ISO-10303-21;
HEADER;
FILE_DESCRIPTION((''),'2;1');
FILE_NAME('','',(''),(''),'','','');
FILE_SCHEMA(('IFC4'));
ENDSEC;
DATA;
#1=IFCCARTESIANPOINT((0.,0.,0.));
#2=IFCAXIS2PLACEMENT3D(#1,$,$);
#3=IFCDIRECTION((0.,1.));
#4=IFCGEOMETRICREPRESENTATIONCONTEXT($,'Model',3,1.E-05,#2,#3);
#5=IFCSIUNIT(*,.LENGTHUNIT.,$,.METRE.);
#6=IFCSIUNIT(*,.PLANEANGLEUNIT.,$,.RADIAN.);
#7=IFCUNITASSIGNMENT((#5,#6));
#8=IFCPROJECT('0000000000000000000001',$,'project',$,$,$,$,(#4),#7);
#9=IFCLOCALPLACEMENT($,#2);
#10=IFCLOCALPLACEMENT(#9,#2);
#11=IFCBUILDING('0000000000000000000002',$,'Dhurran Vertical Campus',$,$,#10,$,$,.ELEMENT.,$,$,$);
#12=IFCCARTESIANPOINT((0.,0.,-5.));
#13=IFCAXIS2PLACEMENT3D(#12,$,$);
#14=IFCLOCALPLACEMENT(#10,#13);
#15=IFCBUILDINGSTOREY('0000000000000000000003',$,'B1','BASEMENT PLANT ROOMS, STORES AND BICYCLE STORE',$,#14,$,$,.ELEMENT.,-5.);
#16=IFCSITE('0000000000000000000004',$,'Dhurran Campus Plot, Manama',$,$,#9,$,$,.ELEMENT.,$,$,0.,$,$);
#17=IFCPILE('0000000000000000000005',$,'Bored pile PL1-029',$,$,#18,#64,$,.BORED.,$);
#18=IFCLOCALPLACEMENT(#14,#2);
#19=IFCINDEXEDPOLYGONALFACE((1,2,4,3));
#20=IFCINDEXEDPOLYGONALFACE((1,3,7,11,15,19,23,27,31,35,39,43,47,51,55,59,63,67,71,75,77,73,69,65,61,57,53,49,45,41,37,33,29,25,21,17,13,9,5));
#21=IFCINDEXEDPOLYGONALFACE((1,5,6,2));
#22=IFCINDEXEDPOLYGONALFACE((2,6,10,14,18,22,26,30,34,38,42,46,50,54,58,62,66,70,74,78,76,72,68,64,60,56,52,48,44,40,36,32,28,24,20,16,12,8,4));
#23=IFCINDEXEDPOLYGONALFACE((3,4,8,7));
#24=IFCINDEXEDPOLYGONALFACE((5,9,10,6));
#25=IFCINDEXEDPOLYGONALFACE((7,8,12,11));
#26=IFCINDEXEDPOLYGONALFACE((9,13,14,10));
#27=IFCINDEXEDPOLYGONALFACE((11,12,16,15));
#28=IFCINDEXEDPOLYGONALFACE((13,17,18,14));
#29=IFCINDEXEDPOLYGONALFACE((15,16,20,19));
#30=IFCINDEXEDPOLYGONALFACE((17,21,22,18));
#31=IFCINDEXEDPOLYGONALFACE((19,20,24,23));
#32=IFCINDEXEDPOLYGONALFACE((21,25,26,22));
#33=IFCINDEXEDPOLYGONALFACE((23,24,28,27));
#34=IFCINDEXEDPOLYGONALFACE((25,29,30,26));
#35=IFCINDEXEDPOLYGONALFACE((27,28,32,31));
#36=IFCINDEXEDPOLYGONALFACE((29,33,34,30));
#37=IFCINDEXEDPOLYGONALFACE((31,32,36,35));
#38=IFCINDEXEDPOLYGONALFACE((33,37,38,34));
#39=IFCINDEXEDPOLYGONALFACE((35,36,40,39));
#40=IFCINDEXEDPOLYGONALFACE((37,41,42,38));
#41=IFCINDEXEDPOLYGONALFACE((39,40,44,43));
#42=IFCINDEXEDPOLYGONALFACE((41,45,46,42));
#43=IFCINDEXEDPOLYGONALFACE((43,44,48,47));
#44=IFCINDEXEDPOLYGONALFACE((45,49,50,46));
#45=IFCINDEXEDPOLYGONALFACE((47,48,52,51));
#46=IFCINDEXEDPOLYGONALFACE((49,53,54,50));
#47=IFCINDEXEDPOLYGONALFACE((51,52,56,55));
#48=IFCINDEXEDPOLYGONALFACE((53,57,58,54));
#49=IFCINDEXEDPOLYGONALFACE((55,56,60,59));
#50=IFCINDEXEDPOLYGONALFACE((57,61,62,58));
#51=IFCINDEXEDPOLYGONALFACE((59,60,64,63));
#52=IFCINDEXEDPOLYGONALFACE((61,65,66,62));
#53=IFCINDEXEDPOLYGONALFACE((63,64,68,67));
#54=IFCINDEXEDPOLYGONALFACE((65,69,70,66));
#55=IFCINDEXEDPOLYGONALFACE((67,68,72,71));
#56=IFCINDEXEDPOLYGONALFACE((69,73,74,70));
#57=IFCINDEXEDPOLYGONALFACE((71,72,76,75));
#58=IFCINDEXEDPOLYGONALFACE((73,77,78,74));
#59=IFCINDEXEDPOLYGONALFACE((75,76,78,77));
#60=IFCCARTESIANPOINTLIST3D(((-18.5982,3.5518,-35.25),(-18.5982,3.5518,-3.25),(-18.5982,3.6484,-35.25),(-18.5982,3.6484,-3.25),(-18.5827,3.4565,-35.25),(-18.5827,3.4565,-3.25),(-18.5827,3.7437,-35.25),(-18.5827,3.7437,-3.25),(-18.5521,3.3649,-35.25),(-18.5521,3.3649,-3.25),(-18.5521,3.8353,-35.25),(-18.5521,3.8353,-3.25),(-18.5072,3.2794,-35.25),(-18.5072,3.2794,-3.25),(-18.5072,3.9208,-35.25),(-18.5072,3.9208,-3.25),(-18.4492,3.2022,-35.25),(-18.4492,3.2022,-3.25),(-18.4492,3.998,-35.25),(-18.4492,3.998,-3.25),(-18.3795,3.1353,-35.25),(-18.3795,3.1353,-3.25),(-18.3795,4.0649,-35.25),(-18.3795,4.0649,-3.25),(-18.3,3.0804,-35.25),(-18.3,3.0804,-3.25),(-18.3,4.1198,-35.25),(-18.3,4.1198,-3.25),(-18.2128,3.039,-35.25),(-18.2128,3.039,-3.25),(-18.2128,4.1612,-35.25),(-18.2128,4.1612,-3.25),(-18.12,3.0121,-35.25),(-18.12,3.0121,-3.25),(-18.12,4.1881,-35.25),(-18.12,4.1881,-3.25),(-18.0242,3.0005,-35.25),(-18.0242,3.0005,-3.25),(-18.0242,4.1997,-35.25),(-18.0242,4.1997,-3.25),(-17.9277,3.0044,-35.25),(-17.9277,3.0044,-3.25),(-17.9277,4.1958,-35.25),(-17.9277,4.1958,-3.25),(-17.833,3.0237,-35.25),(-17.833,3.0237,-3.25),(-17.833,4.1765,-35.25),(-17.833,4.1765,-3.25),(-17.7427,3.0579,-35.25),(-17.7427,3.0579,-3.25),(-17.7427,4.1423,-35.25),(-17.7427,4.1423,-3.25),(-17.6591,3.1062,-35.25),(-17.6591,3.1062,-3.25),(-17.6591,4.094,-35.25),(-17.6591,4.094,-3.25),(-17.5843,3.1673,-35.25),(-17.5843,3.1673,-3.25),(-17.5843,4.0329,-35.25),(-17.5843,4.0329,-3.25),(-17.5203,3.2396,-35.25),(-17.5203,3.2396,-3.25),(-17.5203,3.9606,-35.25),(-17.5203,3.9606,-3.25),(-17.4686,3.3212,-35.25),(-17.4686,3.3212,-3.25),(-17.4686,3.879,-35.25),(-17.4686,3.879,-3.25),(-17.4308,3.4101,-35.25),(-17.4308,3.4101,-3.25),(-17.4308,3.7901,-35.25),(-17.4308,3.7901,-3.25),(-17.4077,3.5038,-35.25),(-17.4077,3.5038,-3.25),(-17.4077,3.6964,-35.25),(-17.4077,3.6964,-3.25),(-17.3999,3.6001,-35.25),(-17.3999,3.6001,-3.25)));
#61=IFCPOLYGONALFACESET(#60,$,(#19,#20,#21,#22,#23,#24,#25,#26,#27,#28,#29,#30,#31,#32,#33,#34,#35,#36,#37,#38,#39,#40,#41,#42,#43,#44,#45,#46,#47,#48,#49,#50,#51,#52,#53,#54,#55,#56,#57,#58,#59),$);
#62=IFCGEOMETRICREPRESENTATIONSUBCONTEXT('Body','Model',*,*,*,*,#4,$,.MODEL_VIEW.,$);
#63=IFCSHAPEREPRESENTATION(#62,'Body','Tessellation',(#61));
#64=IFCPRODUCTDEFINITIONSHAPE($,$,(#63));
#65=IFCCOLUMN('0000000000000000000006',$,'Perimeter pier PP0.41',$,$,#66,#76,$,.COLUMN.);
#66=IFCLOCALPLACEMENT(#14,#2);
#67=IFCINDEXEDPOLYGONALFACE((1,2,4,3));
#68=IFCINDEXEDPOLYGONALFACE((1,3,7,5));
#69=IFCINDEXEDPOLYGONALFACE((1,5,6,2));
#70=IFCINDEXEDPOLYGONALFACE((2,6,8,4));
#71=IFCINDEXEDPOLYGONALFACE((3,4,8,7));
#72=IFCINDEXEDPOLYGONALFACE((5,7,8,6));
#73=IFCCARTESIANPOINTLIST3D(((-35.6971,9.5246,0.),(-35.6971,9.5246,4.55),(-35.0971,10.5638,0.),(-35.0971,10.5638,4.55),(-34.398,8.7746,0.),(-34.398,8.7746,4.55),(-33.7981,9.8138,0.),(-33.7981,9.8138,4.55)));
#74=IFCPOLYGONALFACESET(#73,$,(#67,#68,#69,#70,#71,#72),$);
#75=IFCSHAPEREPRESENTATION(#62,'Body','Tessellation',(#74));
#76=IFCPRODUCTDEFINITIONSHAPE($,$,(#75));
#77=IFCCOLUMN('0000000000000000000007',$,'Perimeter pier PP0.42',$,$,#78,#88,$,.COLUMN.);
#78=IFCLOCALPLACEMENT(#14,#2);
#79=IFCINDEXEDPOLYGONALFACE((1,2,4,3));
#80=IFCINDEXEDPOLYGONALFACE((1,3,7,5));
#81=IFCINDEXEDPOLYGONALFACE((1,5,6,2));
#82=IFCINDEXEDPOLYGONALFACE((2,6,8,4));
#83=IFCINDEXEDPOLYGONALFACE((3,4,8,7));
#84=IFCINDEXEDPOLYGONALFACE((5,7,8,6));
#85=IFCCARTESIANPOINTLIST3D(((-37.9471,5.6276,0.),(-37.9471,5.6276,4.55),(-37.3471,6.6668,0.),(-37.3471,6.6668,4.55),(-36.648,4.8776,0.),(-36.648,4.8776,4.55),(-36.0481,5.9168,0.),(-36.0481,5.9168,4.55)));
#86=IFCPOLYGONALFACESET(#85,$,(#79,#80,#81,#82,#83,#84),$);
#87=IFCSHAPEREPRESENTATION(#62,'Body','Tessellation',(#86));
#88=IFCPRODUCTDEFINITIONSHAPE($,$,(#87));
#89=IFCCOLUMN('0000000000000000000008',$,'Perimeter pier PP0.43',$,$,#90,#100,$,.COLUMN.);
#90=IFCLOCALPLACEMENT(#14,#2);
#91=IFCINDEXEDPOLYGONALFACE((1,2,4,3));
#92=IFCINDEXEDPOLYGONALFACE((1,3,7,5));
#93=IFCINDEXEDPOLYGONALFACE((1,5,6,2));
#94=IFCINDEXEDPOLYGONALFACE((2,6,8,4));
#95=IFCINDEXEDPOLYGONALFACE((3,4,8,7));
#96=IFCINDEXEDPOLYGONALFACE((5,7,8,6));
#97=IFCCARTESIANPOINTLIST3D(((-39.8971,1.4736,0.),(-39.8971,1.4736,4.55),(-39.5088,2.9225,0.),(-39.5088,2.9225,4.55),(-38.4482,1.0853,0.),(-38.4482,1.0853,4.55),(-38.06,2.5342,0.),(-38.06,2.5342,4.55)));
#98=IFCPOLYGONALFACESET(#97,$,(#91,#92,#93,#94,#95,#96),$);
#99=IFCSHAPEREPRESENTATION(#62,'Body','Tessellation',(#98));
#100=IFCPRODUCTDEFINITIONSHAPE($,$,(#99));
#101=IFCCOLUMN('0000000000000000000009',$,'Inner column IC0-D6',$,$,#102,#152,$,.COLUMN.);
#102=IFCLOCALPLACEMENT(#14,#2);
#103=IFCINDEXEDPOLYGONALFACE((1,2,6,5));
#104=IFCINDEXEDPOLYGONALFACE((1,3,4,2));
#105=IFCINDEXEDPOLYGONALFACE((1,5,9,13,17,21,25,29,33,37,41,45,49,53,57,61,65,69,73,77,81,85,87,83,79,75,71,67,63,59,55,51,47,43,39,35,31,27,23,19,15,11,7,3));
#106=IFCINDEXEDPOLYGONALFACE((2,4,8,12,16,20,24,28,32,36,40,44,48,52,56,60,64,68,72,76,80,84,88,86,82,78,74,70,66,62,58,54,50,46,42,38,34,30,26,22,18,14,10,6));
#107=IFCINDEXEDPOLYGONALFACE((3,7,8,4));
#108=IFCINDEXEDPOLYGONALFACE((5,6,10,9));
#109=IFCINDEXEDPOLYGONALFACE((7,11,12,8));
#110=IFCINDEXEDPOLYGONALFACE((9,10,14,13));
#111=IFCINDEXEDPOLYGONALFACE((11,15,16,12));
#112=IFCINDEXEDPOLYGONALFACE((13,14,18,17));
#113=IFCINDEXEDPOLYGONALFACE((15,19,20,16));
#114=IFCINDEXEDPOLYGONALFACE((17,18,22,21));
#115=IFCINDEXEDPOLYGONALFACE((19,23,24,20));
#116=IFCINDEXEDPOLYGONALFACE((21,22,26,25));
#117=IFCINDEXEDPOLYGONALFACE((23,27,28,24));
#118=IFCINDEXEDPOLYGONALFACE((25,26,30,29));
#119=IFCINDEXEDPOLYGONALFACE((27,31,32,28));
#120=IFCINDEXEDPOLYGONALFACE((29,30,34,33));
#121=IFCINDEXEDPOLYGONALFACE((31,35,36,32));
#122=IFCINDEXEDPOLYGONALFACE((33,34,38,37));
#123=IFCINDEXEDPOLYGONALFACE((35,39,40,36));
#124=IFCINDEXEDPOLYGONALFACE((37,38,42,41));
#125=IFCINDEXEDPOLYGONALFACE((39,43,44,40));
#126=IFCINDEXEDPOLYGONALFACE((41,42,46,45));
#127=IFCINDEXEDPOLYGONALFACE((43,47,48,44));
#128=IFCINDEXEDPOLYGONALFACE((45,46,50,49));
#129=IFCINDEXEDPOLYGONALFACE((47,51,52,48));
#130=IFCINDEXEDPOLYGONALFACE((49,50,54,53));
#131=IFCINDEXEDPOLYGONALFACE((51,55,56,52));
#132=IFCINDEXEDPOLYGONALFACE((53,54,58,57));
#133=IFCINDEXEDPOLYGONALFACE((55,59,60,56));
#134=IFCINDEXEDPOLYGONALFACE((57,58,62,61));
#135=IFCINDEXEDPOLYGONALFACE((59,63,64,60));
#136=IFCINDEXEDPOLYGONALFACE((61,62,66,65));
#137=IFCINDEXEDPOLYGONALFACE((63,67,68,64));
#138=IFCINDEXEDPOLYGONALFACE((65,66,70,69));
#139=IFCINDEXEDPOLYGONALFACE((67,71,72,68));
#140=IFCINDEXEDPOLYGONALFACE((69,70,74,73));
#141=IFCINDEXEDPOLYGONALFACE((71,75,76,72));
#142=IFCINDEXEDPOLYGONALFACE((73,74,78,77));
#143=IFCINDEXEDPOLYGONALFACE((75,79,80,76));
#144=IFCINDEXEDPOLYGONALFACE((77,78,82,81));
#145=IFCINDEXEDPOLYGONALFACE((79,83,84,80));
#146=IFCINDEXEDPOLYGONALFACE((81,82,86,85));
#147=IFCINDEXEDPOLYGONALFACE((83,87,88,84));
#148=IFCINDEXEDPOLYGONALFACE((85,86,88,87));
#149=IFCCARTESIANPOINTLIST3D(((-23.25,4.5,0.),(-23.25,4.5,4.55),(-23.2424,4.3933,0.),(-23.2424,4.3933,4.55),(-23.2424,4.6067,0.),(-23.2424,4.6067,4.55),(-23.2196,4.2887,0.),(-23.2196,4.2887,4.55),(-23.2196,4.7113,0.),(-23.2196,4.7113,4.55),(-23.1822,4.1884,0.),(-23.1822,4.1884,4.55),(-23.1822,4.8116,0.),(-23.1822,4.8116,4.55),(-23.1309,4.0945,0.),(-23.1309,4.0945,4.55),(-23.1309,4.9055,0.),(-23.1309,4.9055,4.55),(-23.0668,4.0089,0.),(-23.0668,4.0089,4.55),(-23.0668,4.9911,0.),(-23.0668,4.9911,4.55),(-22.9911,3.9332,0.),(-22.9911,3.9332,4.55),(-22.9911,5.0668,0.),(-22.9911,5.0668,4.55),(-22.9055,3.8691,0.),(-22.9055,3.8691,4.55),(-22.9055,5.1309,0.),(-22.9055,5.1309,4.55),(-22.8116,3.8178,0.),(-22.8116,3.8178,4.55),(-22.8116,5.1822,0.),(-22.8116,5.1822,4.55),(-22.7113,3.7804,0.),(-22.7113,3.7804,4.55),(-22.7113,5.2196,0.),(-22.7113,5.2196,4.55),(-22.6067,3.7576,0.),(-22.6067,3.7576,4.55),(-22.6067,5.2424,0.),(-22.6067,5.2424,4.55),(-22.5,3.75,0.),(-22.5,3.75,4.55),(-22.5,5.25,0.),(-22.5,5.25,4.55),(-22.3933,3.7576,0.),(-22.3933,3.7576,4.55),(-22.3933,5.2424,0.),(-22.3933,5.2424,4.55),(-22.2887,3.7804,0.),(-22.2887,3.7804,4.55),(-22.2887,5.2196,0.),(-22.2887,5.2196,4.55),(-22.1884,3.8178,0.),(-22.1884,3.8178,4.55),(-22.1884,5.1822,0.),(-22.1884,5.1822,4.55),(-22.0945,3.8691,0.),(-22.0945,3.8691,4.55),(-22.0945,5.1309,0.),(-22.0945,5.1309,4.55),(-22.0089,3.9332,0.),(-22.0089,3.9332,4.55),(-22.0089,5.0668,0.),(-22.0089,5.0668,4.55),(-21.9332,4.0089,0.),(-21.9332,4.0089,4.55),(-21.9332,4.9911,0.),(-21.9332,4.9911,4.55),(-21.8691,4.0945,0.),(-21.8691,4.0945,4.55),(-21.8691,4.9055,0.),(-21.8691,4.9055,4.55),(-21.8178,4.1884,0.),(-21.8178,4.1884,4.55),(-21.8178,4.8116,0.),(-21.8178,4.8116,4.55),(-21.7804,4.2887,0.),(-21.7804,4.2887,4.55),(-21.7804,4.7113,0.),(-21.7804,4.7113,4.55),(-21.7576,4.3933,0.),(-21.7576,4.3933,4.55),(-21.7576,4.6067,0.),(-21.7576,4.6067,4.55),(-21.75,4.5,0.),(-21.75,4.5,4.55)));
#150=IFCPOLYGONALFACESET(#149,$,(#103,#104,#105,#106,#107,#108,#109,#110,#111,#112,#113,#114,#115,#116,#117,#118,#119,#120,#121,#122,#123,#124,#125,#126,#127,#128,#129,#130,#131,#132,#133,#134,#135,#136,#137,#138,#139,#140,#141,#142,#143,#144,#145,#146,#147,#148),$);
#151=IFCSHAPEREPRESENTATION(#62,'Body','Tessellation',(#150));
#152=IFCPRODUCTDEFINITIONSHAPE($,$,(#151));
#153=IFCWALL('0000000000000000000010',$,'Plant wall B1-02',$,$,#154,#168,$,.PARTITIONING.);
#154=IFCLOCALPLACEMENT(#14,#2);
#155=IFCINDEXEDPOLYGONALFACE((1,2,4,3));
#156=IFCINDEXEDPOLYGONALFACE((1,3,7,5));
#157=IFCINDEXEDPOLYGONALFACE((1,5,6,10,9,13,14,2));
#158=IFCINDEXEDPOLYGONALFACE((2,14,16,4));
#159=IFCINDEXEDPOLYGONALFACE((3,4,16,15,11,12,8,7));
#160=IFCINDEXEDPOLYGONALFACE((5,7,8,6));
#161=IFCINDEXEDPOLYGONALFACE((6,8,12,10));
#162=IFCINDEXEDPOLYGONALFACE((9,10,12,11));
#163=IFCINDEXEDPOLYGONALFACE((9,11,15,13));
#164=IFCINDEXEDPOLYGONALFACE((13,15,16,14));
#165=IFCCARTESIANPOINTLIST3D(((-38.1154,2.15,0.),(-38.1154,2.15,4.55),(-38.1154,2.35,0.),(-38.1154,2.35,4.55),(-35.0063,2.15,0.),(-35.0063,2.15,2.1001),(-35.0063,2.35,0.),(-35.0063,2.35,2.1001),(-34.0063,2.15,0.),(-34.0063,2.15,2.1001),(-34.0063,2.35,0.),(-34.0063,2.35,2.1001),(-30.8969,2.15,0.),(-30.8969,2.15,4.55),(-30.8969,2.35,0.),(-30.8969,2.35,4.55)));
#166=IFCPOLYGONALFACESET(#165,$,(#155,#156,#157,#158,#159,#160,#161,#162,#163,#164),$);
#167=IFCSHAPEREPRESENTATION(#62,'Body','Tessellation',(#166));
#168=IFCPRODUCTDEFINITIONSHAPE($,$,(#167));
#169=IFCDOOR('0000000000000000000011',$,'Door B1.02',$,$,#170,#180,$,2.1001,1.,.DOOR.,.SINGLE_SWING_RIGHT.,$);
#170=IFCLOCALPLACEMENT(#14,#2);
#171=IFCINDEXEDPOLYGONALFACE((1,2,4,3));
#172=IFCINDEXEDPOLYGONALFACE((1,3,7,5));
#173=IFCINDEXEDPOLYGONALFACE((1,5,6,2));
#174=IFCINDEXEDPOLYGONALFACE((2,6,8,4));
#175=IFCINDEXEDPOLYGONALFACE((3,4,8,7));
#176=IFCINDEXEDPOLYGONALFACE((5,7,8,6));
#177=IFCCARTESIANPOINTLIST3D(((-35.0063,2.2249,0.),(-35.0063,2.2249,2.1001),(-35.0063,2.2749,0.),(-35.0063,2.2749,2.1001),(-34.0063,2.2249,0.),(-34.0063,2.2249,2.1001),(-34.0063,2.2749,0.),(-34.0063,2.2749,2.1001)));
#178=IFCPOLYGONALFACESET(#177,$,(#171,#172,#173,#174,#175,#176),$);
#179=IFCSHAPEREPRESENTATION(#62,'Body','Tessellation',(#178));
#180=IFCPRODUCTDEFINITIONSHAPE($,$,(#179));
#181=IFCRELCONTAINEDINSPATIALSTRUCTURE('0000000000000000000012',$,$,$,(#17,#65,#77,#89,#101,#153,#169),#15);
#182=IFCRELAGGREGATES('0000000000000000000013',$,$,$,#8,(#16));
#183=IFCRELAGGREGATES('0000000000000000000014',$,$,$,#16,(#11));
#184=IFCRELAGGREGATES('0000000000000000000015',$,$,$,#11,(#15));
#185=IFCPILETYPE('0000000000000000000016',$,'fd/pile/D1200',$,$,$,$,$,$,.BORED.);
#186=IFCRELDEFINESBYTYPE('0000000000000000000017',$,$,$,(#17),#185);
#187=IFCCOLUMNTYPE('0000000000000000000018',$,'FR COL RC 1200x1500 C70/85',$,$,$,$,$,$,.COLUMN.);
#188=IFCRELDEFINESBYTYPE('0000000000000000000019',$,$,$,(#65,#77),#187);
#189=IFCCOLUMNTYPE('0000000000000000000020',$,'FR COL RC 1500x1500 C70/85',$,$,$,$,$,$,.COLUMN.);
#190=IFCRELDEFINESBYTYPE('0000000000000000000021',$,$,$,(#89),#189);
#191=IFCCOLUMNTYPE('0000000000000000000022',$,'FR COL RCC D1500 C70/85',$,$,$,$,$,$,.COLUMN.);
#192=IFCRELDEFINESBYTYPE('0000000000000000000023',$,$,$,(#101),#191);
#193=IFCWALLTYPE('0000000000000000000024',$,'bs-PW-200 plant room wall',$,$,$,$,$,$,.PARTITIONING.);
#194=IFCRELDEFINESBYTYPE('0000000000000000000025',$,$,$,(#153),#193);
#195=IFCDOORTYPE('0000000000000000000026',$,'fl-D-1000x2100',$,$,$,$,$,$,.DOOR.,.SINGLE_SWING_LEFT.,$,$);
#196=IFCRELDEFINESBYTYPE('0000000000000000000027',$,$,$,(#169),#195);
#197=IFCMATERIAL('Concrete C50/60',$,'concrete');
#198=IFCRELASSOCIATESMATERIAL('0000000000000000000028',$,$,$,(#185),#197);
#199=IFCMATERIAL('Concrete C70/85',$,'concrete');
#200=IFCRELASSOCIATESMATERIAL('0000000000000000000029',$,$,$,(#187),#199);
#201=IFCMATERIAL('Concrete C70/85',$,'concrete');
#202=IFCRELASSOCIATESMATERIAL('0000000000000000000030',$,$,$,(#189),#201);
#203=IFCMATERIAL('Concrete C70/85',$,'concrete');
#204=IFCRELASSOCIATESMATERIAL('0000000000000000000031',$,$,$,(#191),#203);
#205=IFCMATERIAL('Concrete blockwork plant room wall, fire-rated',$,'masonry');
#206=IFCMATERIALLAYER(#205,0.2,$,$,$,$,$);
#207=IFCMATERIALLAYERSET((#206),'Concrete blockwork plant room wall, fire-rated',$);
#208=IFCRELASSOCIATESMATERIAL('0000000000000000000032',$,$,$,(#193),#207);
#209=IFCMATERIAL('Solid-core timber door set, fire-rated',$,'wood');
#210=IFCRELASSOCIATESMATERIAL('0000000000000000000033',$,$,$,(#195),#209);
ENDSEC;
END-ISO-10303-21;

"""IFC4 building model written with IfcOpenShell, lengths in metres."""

from ifc_helpers import new_model, si_unit, direction, frame, frame_2d, origin, origin_2d, place, context, subcontext, project, spatial, rectangle, circle, extrude, material, layer, layer_set, material_profile, profile_set, type_object, element, fill, save


model = new_model("IFC4")

# Units and contexts
model_context = context("Model", 3, precision=1e-05, world=origin(), true_north=direction((0.0, 1.0)))
body_context = subcontext(model_context, "Body", "Model", "MODEL_VIEW")
ifc_project = project(units=[si_unit("LENGTHUNIT", "METRE"), si_unit("PLANEANGLEUNIT", "RADIAN")], contexts=[model_context])

# Site, building, storey
site_placement = place(None, origin())
site = spatial("IfcSite", under=ifc_project, at=site_placement, Name="Dhurran Campus Plot, Manama", CompositionType="ELEMENT", RefElevation=0.0)
building_placement = place(site_placement, origin())
building = spatial("IfcBuilding", under=site, at=building_placement, Name="Dhurran Vertical Campus", CompositionType="ELEMENT")
storey_placement = place(building_placement, frame((0.0, 0.0, -5.0)))
storey = spatial("IfcBuildingStorey", under=building, at=storey_placement, Name="B1", Description="BASEMENT PLANT ROOMS, STORES AND BICYCLE STORE", CompositionType="ELEMENT", Elevation=-5.0)

# Pile
ifc_material_1 = material(Name="Concrete C50/60", Category="concrete")
ifc_material_profile_1 = material_profile(ifc_material_1, circle(Radius=0.6001, at=origin_2d()), Name="fd/pile/D1200")
ifc_profile_set_1 = profile_set([ifc_material_profile_1], Name="Concrete C50/60")
pile_type = type_object("IfcPileType", Name="fd/pile/D1200", PredefinedType="BORED", material=ifc_profile_set_1)
for number, where, z_axis, x_axis, name in (
    (1, (-18.0, 3.6001, -3.25), (0.0, 0.0, -1.0), (1.0, 0.0, 0.0), "Bored pile PL1-029"),
):
    element("IfcPile", number, at=place(storey_placement, frame(where, z_axis=z_axis, x_axis=x_axis)), inside=storey, type_object=pile_type, Name=name, PredefinedType="BORED", context=body_context, shape_type="SweptSolid", body=[
        extrude(circle(Radius=0.6001, at=origin_2d()), origin(), (0.0, 0.0, 1.0), 32.0),
    ])

# Columns
ifc_material_2 = material(Name="Concrete C70/85", Category="concrete")
ifc_material_profile_2 = material_profile(ifc_material_2, rectangle(XDim=1.2, YDim=1.5, at=origin_2d()), Name="RC 1200x1500")
ifc_profile_set_2 = profile_set([ifc_material_profile_2], Name="Concrete C70/85")
column_type_1 = type_object("IfcColumnType", Name="FR COL RC 1200x1500 C70/85", PredefinedType="COLUMN", material=ifc_profile_set_2)
for number, where, z_axis, x_axis, name in (
    (2, (-34.7476, 9.6692, 0.0), (0.0, 0.0, 1.0), (-0.5, -0.866025, 0.0), "Perimeter pier PP0.41"),
    (3, (-36.9976, 5.7722, 0.0), (0.0, 0.0, 1.0), (-0.5, -0.866025, 0.0), "Perimeter pier PP0.42"),
):
    element("IfcColumn", number, at=place(storey_placement, frame(where, z_axis=z_axis, x_axis=x_axis)), inside=storey, type_object=column_type_1, Name=name, PredefinedType="COLUMN", context=body_context, shape_type="SweptSolid", body=[
        extrude(rectangle(XDim=1.2, YDim=1.5, at=origin_2d()), origin(), (0.0, 0.0, 1.0), 4.55),
    ])
ifc_material_3 = material(Name="Concrete C70/85", Category="concrete")
ifc_material_profile_3 = material_profile(ifc_material_3, rectangle(XDim=1.5, YDim=1.5, at=origin_2d()), Name="RC 1500x1500")
ifc_profile_set_3 = profile_set([ifc_material_profile_3], Name="Concrete C70/85")
column_type_2 = type_object("IfcColumnType", Name="FR COL RC 1500x1500 C70/85", PredefinedType="COLUMN", material=ifc_profile_set_3)
column_1_placement = place(storey_placement, frame((-38.9785, 2.0039, 0.0), z_axis=(0.0, 0.0, 1.0), x_axis=(-0.258819, -0.965926, 0.0)))
element("IfcColumn", 4, at=column_1_placement, inside=storey, type_object=column_type_2, Name="Perimeter pier PP0.43", PredefinedType="COLUMN", context=body_context, shape_type="SweptSolid", body=[
    extrude(rectangle(XDim=1.5, YDim=1.5, at=origin_2d()), origin(), (0.0, 0.0, 1.0), 4.55),
])
ifc_material_4 = material(Name="Concrete C70/85", Category="concrete")
ifc_material_profile_4 = material_profile(ifc_material_4, circle(Radius=0.75, at=origin_2d()), Name="RCC D1500")
ifc_profile_set_4 = profile_set([ifc_material_profile_4], Name="Concrete C70/85")
column_type_3 = type_object("IfcColumnType", Name="FR COL RCC D1500 C70/85", PredefinedType="COLUMN", material=ifc_profile_set_4)
column_2_placement = place(storey_placement, frame((-22.5, 4.5, 0.0), z_axis=(0.0, 0.0, 1.0), x_axis=(1.0, 0.0, 0.0)))
element("IfcColumn", 5, at=column_2_placement, inside=storey, type_object=column_type_3, Name="Inner column IC0-D6", PredefinedType="COLUMN", context=body_context, shape_type="SweptSolid", body=[
    extrude(circle(Radius=0.75, at=origin_2d()), origin(), (0.0, 0.0, 1.0), 4.55),
])

# Wall, opening, door
ifc_material_5 = material(Name="Concrete blockwork plant room wall, fire-rated", Category="masonry")
ifc_layer = layer(ifc_material_5, 0.2)
ifc_layer_set = layer_set([ifc_layer], Name="Concrete blockwork plant room wall, fire-rated")
wall_type = type_object("IfcWallType", Name="bs-PW-200 plant room wall", PredefinedType="PARTITIONING", material=ifc_layer_set)
wall_1_placement = place(storey_placement, frame((-38.1155, 2.25, 0.0), z_axis=(0.0, 0.0, 1.0), x_axis=(1.0, 0.0, 0.0)))
wall_1 = element("IfcWall", 6, at=wall_1_placement, inside=storey, type_object=wall_type, Name="Plant wall B1-02", PredefinedType="PARTITIONING", context=body_context, shape_type="SweptSolid", body=[
    extrude(rectangle(XDim=7.2185, YDim=0.2, at=frame_2d((3.6094, 0.0))), origin(), (0.0, 0.0, 1.0), 4.55),
])
opening_1_placement = place(wall_1_placement, frame((3.1091, 0.0, 0.0)))
opening_1 = element("IfcOpeningElement", 7, at=opening_1_placement, cuts=wall_1, PredefinedType="OPENING", context=body_context, shape_type="SweptSolid", body=[
    extrude(rectangle(XDim=1.0, YDim=2.1001, at=frame_2d((0.5, 1.05))), frame((0.0, 0.1099, 0.0), z_axis=(0.0, -1.0, 0.0), x_axis=(1.0, 0.0, 0.0)), (0.0, 0.0, 1.0), 0.22),
])
ifc_material_6 = material(Name="Solid-core timber door set, fire-rated", Category="wood")
door_type = type_object("IfcDoorType", Name="fl-D-1000x2100", OperationType="SINGLE_SWING_LEFT", PredefinedType="DOOR", material=ifc_material_6)
door_1_placement = place(opening_1_placement, origin())
door_1 = element("IfcDoor", 8, at=door_1_placement, inside=storey, type_object=door_type, Name="Door B1.02", OperationType="SINGLE_SWING_RIGHT", OverallHeight=2.1001, OverallWidth=1.0, PredefinedType="DOOR", context=body_context, shape_type="SweptSolid", body=[
    extrude(rectangle(XDim=1.0, YDim=2.1001, at=frame_2d((0.5, 1.05))), frame((0.0, 0.0249, 0.0), z_axis=(0.0, -1.0, 0.0), x_axis=(1.0, 0.0, 0.0)), (0.0, 0.0, 1.0), 0.05),
])
fill(opening_1, door_1)

save(model, "model.ifc")
